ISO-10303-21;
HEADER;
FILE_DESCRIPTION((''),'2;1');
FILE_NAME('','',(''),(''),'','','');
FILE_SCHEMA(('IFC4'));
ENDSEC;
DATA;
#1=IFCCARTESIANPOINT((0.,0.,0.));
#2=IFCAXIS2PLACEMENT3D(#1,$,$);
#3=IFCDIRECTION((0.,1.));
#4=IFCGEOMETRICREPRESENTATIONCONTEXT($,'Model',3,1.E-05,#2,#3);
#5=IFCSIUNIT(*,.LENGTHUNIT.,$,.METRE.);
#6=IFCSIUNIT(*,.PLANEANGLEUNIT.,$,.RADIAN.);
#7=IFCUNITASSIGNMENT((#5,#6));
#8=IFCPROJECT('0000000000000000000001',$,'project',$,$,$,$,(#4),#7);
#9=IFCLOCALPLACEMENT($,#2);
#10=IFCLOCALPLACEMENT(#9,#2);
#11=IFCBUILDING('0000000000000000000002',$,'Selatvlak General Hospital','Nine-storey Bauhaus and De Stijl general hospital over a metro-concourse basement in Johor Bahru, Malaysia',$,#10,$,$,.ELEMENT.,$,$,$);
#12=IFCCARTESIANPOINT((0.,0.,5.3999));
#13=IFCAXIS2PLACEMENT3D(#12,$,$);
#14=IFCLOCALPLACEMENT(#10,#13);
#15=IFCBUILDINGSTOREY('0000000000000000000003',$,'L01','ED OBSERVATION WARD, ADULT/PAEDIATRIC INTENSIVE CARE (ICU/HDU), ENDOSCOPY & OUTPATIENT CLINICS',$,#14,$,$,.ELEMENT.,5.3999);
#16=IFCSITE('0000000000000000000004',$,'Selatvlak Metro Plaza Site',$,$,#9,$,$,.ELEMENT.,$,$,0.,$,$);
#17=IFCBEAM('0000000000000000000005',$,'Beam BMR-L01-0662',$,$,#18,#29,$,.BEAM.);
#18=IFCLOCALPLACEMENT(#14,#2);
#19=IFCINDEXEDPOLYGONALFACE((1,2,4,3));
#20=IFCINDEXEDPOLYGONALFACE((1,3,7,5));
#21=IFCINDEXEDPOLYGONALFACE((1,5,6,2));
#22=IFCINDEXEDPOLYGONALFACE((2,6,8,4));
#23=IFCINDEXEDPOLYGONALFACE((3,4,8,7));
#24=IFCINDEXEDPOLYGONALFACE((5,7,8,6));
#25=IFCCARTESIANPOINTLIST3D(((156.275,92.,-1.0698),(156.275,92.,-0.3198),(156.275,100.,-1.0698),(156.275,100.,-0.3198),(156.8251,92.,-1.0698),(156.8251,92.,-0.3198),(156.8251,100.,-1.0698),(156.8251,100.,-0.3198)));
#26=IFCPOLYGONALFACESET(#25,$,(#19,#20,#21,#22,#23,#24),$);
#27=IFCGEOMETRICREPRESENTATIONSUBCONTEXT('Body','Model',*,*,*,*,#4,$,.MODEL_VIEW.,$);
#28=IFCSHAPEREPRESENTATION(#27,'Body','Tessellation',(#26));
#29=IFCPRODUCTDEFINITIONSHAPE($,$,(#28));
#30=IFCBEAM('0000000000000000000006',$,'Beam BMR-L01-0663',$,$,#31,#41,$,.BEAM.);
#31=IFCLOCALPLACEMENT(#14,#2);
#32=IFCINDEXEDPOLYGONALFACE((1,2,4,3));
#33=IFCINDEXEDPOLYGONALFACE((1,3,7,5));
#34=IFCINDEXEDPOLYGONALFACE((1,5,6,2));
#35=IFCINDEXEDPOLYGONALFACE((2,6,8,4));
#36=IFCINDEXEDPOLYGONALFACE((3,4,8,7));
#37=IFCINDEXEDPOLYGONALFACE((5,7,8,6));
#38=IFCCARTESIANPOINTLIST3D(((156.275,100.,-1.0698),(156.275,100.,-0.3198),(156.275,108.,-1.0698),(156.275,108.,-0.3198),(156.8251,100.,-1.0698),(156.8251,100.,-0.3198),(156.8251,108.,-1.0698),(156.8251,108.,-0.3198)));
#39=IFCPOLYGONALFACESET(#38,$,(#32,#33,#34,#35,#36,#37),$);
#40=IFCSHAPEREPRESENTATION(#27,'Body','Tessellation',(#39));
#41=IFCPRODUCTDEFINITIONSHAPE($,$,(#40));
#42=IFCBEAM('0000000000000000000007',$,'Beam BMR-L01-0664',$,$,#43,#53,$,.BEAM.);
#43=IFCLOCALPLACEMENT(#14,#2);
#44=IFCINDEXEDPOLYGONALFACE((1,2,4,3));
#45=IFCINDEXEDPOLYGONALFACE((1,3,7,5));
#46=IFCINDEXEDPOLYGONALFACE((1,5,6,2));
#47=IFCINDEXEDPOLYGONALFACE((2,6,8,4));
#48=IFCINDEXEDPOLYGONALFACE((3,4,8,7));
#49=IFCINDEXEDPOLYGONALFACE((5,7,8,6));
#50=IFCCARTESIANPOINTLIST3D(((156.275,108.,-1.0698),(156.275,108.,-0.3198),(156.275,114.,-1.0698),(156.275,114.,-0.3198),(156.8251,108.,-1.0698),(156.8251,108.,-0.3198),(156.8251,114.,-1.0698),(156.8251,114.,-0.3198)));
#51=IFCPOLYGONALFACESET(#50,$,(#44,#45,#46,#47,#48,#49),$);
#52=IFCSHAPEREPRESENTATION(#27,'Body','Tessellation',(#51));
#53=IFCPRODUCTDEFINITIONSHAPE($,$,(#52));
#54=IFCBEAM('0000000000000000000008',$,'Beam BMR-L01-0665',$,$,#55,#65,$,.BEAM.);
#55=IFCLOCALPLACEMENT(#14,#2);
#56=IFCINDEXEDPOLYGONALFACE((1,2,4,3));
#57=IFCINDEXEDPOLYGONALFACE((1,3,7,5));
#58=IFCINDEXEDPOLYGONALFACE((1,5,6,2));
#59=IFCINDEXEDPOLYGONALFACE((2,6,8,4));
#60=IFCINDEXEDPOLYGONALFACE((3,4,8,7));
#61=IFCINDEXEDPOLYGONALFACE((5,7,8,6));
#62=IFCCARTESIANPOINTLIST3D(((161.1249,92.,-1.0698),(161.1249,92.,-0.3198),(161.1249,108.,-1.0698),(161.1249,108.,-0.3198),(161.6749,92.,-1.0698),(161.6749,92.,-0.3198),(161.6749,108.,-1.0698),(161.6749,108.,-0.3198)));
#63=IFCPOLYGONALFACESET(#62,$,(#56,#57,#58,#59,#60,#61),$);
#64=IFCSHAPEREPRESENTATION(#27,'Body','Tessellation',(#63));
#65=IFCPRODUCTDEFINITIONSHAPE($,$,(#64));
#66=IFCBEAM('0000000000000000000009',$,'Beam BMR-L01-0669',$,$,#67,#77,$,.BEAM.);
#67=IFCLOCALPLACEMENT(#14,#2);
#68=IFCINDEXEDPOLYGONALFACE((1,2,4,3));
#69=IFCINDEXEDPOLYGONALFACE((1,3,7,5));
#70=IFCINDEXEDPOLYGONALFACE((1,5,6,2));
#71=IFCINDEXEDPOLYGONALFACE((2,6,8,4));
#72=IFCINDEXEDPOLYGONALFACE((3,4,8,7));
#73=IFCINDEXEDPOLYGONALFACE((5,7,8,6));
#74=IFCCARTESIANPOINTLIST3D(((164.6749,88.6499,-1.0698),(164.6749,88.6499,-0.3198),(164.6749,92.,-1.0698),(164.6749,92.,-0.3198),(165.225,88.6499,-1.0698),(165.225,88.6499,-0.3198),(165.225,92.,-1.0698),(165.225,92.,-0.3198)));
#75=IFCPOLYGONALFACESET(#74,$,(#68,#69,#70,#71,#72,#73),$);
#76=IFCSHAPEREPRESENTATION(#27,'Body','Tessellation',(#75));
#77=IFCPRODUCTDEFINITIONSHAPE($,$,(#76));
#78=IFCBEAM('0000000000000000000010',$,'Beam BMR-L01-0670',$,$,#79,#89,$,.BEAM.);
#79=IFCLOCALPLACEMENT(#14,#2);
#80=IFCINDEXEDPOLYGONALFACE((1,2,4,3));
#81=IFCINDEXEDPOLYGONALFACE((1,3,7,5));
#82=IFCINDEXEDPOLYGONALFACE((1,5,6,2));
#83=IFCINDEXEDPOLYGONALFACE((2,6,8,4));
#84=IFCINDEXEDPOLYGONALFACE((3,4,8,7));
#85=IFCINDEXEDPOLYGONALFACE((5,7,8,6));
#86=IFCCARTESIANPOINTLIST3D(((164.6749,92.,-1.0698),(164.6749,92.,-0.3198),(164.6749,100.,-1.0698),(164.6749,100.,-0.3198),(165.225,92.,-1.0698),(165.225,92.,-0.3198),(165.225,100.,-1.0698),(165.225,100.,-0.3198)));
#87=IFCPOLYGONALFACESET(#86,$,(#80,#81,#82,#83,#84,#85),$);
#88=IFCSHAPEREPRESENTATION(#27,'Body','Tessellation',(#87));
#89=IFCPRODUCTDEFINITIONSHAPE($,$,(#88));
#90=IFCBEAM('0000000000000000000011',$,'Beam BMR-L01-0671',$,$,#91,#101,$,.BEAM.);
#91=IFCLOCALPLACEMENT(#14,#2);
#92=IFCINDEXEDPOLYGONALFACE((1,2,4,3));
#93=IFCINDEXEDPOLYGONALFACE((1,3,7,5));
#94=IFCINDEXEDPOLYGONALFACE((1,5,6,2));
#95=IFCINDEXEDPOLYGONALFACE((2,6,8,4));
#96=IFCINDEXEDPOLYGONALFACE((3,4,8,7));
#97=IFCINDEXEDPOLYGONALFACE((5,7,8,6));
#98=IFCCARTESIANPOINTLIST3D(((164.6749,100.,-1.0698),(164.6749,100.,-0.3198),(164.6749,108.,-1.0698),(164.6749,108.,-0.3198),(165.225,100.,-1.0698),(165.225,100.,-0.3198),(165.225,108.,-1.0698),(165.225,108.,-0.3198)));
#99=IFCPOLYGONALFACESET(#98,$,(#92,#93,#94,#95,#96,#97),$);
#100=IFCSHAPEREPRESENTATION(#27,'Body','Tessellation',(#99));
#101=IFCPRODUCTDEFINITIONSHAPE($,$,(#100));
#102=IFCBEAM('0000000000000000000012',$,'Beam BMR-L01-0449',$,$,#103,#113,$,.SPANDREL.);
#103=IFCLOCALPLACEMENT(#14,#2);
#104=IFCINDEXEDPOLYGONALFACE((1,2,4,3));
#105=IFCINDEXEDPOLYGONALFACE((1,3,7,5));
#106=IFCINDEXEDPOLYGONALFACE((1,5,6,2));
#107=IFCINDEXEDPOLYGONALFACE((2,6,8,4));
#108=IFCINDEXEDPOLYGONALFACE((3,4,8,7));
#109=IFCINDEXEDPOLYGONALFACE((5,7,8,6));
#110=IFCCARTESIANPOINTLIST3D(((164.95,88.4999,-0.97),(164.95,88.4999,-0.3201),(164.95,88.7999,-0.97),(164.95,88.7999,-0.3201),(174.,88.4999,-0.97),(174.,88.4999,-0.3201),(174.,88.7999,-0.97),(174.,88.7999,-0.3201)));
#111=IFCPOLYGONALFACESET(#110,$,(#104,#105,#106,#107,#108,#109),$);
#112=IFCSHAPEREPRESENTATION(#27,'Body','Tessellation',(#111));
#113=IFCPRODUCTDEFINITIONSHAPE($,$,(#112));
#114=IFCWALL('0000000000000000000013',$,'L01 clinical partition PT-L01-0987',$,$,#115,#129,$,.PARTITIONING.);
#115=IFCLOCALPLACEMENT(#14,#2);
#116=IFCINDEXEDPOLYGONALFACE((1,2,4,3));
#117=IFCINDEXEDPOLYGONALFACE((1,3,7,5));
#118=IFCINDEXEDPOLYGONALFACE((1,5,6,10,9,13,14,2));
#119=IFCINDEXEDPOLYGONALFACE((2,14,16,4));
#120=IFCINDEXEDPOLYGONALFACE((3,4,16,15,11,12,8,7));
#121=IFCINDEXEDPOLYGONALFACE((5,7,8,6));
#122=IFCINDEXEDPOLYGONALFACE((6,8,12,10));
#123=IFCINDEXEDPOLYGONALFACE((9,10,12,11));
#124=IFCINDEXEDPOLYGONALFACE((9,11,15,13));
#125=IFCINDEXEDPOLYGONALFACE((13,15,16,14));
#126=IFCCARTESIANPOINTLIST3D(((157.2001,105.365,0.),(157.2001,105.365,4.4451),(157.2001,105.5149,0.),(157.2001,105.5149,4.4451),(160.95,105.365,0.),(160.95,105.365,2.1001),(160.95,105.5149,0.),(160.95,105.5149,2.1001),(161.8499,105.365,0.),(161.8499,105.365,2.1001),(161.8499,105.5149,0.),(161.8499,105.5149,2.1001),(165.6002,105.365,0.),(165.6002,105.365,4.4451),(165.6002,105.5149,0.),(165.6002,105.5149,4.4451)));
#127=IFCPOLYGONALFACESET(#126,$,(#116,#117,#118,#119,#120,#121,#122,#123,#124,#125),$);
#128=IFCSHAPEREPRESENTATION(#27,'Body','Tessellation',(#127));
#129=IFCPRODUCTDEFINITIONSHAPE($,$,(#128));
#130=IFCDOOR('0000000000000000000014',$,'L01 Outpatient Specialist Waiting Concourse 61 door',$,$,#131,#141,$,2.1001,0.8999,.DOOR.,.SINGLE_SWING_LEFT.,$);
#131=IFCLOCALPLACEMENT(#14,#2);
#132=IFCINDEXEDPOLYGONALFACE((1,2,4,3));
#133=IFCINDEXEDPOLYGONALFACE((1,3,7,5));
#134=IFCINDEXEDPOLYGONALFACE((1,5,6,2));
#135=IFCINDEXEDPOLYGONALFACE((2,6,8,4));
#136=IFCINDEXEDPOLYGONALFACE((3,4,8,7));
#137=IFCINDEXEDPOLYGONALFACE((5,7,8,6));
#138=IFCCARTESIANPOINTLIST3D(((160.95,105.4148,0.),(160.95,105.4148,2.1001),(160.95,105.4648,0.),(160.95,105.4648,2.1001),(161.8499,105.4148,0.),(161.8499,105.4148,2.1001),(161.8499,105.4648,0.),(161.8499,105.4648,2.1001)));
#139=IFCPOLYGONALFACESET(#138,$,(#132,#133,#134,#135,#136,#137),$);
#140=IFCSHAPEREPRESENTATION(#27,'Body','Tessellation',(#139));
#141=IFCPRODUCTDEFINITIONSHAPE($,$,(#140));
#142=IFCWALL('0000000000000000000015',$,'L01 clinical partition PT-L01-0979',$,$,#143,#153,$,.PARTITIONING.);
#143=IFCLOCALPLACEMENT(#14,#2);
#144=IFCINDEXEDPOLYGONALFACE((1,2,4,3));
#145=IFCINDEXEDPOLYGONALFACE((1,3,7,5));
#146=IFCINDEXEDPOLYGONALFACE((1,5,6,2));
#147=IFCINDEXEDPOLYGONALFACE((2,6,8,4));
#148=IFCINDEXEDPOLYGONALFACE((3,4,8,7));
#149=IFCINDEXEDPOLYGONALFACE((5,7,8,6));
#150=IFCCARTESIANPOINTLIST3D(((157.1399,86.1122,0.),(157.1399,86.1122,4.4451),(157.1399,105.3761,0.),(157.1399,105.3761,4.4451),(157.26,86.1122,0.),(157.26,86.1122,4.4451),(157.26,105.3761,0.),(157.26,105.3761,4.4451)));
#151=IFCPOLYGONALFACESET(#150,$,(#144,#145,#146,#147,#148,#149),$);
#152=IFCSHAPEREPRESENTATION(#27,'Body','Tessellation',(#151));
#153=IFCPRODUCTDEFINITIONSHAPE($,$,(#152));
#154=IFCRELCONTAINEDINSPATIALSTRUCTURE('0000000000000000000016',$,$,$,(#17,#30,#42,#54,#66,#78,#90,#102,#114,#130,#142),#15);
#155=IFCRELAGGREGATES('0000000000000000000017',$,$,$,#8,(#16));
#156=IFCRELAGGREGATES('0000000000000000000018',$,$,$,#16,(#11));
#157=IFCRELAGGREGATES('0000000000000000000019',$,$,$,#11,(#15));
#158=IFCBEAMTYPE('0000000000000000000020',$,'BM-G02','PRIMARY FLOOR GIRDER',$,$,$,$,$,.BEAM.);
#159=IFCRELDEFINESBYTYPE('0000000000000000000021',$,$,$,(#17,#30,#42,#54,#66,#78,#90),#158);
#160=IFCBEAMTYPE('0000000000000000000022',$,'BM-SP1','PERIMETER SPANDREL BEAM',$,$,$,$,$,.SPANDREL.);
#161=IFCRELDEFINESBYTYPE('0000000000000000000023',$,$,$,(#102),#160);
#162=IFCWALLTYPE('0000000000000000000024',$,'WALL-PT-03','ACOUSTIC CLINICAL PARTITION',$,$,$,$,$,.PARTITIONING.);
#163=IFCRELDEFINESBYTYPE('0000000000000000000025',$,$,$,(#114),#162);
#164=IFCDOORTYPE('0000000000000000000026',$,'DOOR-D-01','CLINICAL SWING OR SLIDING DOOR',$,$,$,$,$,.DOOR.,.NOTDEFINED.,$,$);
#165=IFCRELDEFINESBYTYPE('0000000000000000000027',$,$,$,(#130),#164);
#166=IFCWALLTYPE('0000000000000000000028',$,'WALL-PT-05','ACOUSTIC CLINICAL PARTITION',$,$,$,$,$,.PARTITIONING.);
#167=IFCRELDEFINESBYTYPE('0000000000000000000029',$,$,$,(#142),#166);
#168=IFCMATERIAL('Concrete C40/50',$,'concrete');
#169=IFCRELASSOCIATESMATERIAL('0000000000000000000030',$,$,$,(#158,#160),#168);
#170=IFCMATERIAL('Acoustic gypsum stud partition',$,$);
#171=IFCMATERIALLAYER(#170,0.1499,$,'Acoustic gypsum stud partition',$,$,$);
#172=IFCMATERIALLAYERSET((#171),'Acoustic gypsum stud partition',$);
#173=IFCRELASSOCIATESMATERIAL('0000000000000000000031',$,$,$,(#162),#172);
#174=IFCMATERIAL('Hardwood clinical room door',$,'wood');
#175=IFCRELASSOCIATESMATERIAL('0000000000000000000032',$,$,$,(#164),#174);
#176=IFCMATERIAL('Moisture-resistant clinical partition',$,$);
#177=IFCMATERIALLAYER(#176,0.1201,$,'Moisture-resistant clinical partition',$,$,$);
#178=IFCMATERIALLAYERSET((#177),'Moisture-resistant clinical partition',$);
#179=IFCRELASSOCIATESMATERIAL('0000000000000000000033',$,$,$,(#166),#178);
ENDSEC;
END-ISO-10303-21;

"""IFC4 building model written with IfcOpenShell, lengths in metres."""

from ifc_helpers import new_model, si_unit, direction, frame, frame_2d, origin, origin_2d, place, context, subcontext, project, spatial, rectangle, extrude, material, layer, layer_set, material_profile, profile_set, type_object, element, fill, save


model = new_model("IFC4")

# Units and contexts
model_context = context("Model", 3, precision=1e-05, world=origin(), true_north=direction((0.0, 1.0)))
body_context = subcontext(model_context, "Body", "Model", "MODEL_VIEW")
ifc_project = project(units=[si_unit("LENGTHUNIT", "METRE"), si_unit("PLANEANGLEUNIT", "RADIAN")], contexts=[model_context])

# Site, building, storey
site_placement = place(None, origin())
site = spatial("IfcSite", under=ifc_project, at=site_placement, Name="Selatvlak Metro Plaza Site", CompositionType="ELEMENT", RefElevation=0.0)
building_placement = place(site_placement, origin())
building = spatial("IfcBuilding", under=site, at=building_placement, Name="Selatvlak General Hospital", Description="Nine-storey Bauhaus and De Stijl general hospital over a metro-concourse basement in Johor Bahru, Malaysia", CompositionType="ELEMENT")
storey_placement = place(building_placement, frame((0.0, 0.0, 5.3999)))
storey = spatial("IfcBuildingStorey", under=building, at=storey_placement, Name="L01", Description="ED OBSERVATION WARD, ADULT/PAEDIATRIC INTENSIVE CARE (ICU/HDU), ENDOSCOPY & OUTPATIENT CLINICS", CompositionType="ELEMENT", Elevation=5.3999)

# Beams
ifc_material_1 = material(Name="Concrete C40/50", Category="concrete")
ifc_material_profile_1 = material_profile(ifc_material_1, rectangle(XDim=0.55, YDim=0.75, at=origin_2d()), Name="RC-BM 550x750")
ifc_profile_set_1 = profile_set([ifc_material_profile_1], Name="Concrete C40/50")
beam_type_1 = type_object("IfcBeamType", Name="BM-G02", Description="PRIMARY FLOOR GIRDER", PredefinedType="BEAM", material=ifc_profile_set_1)
for number, where, z_axis, x_axis, name in (
    (1, (156.55, 92.0, -0.6948), (0.0, 1.0, 0.0), (-1.0, 0.0, 0.0), "Beam BMR-L01-0662"),
    (2, (156.55, 100.0, -0.6948), (0.0, 1.0, 0.0), (-1.0, 0.0, 0.0), "Beam BMR-L01-0663"),
):
    element("IfcBeam", number, at=place(storey_placement, frame(where, z_axis=z_axis, x_axis=x_axis)), inside=storey, type_object=beam_type_1, Name=name, PredefinedType="BEAM", context=body_context, shape_type="SweptSolid", body=[
        extrude(rectangle(XDim=0.55, YDim=0.75, at=origin_2d()), origin(), (0.0, 0.0, 1.0), 8.0),
    ])
beam_1_placement = place(storey_placement, frame((156.55, 108.0, -0.6948), z_axis=(0.0, 1.0, 0.0), x_axis=(-1.0, 0.0, 0.0)))
element("IfcBeam", 3, at=beam_1_placement, inside=storey, type_object=beam_type_1, Name="Beam BMR-L01-0664", PredefinedType="BEAM", context=body_context, shape_type="SweptSolid", body=[
    extrude(rectangle(XDim=0.55, YDim=0.75, at=origin_2d()), origin(), (0.0, 0.0, 1.0), 6.0),
])
beam_2_placement = place(storey_placement, frame((161.3999, 92.0, -0.6948), z_axis=(0.0, 1.0, 0.0), x_axis=(-1.0, 0.0, 0.0)))
element("IfcBeam", 4, at=beam_2_placement, inside=storey, type_object=beam_type_1, Name="Beam BMR-L01-0665", PredefinedType="BEAM", context=body_context, shape_type="SweptSolid", body=[
    extrude(rectangle(XDim=0.55, YDim=0.75, at=origin_2d()), origin(), (0.0, 0.0, 1.0), 16.0),
])
beam_3_placement = place(storey_placement, frame((164.95, 88.6499, -0.6948), z_axis=(0.0, 1.0, 0.0), x_axis=(-1.0, 0.0, 0.0)))
element("IfcBeam", 5, at=beam_3_placement, inside=storey, type_object=beam_type_1, Name="Beam BMR-L01-0669", PredefinedType="BEAM", context=body_context, shape_type="SweptSolid", body=[
    extrude(rectangle(XDim=0.55, YDim=0.75, at=origin_2d()), origin(), (0.0, 0.0, 1.0), 3.3501),
])
for number, where, z_axis, x_axis, name in (
    (6, (164.95, 92.0, -0.6948), (0.0, 1.0, 0.0), (-1.0, 0.0, 0.0), "Beam BMR-L01-0670"),
    (7, (164.95, 100.0, -0.6948), (0.0, 1.0, 0.0), (-1.0, 0.0, 0.0), "Beam BMR-L01-0671"),
):
    element("IfcBeam", number, at=place(storey_placement, frame(where, z_axis=z_axis, x_axis=x_axis)), inside=storey, type_object=beam_type_1, Name=name, PredefinedType="BEAM", context=body_context, shape_type="SweptSolid", body=[
        extrude(rectangle(XDim=0.55, YDim=0.75, at=origin_2d()), origin(), (0.0, 0.0, 1.0), 8.0),
    ])
ifc_material_profile_2 = material_profile(ifc_material_1, rectangle(XDim=0.3, YDim=0.6499, at=origin_2d()), Name="RC-SP 300x650")
ifc_profile_set_2 = profile_set([ifc_material_profile_2], Name="Concrete C40/50")
beam_type_2 = type_object("IfcBeamType", Name="BM-SP1", Description="PERIMETER SPANDREL BEAM", PredefinedType="SPANDREL", material=ifc_profile_set_2)
beam_4_placement = place(storey_placement, frame((164.95, 88.6499, -0.645), z_axis=(1.0, 0.0, 0.0), x_axis=(0.0, 1.0, 0.0)))
element("IfcBeam", 8, at=beam_4_placement, inside=storey, type_object=beam_type_2, Name="Beam BMR-L01-0449", PredefinedType="SPANDREL", context=body_context, shape_type="SweptSolid", body=[
    extrude(rectangle(XDim=0.3, YDim=0.6499, at=origin_2d()), origin(), (0.0, 0.0, 1.0), 9.05),
])

# Wall, opening, door
ifc_material_2 = material(Name="Acoustic gypsum stud partition")
ifc_layer_1 = layer(ifc_material_2, 0.1499, Name="Acoustic gypsum stud partition")
ifc_layer_set_1 = layer_set([ifc_layer_1], Name="Acoustic gypsum stud partition")
wall_type_1 = type_object("IfcWallType", Name="WALL-PT-03", Description="ACOUSTIC CLINICAL PARTITION", PredefinedType="PARTITIONING", material=ifc_layer_set_1)
wall_1_placement = place(storey_placement, frame((157.2, 105.4399, 0.0), z_axis=(0.0, 0.0, 1.0), x_axis=(1.0, 0.0, 0.0)))
wall_1 = element("IfcWall", 9, at=wall_1_placement, inside=storey, type_object=wall_type_1, Name="L01 clinical partition PT-L01-0987", PredefinedType="PARTITIONING", context=body_context, shape_type="SweptSolid", body=[
    extrude(rectangle(XDim=8.4001, YDim=0.1499, at=frame_2d((4.2002, 0.0))), origin(), (0.0, 0.0, 1.0), 4.4451),
])
opening_placement = place(wall_1_placement, frame((3.75, 0.0, 0.0)))
opening = element("IfcOpeningElement", 10, at=opening_placement, cuts=wall_1, PredefinedType="OPENING", context=body_context, shape_type="SweptSolid", body=[
    extrude(rectangle(XDim=0.8999, YDim=2.1001, at=frame_2d((0.45, 1.05))), frame((0.0, 0.085, 0.0), z_axis=(0.0, -1.0, 0.0), x_axis=(1.0, 0.0, 0.0)), (0.0, 0.0, 1.0), 0.1699),
])
ifc_material_3 = material(Name="Hardwood clinical room door", Category="wood")
door_type = type_object("IfcDoorType", Name="DOOR-D-01", Description="CLINICAL SWING OR SLIDING DOOR", OperationType="NOTDEFINED", PredefinedType="DOOR", material=ifc_material_3)
door_placement = place(opening_placement, origin())
door = element("IfcDoor", 11, at=door_placement, inside=storey, type_object=door_type, Name="L01 Outpatient Specialist Waiting Concourse 61 door", OperationType="SINGLE_SWING_LEFT", OverallHeight=2.1001, OverallWidth=0.8999, PredefinedType="DOOR", context=body_context, shape_type="SweptSolid", body=[
    extrude(rectangle(XDim=0.8999, YDim=2.1001, at=frame_2d((0.45, 1.05))), frame((0.0, 0.0249, 0.0), z_axis=(0.0, -1.0, 0.0), x_axis=(1.0, 0.0, 0.0)), (0.0, 0.0, 1.0), 0.05),
])
fill(opening, door)

# Wall
ifc_material_4 = material(Name="Moisture-resistant clinical partition")
ifc_layer_2 = layer(ifc_material_4, 0.1201, Name="Moisture-resistant clinical partition")
ifc_layer_set_2 = layer_set([ifc_layer_2], Name="Moisture-resistant clinical partition")
wall_type_2 = type_object("IfcWallType", Name="WALL-PT-05", Description="ACOUSTIC CLINICAL PARTITION", PredefinedType="PARTITIONING", material=ifc_layer_set_2)
wall_2_placement = place(storey_placement, frame((157.2, 105.376, 0.0), z_axis=(0.0, 0.0, 1.0), x_axis=(0.0, -1.0, 0.0)))
element("IfcWall", 12, at=wall_2_placement, inside=storey, type_object=wall_type_2, Name="L01 clinical partition PT-L01-0979", PredefinedType="PARTITIONING", context=body_context, shape_type="SweptSolid", body=[
    extrude(rectangle(XDim=19.2639, YDim=0.1201, at=frame_2d((9.6318, 0.0))), origin(), (0.0, 0.0, 1.0), 4.4451),
])

save(model, "model.ifc")
